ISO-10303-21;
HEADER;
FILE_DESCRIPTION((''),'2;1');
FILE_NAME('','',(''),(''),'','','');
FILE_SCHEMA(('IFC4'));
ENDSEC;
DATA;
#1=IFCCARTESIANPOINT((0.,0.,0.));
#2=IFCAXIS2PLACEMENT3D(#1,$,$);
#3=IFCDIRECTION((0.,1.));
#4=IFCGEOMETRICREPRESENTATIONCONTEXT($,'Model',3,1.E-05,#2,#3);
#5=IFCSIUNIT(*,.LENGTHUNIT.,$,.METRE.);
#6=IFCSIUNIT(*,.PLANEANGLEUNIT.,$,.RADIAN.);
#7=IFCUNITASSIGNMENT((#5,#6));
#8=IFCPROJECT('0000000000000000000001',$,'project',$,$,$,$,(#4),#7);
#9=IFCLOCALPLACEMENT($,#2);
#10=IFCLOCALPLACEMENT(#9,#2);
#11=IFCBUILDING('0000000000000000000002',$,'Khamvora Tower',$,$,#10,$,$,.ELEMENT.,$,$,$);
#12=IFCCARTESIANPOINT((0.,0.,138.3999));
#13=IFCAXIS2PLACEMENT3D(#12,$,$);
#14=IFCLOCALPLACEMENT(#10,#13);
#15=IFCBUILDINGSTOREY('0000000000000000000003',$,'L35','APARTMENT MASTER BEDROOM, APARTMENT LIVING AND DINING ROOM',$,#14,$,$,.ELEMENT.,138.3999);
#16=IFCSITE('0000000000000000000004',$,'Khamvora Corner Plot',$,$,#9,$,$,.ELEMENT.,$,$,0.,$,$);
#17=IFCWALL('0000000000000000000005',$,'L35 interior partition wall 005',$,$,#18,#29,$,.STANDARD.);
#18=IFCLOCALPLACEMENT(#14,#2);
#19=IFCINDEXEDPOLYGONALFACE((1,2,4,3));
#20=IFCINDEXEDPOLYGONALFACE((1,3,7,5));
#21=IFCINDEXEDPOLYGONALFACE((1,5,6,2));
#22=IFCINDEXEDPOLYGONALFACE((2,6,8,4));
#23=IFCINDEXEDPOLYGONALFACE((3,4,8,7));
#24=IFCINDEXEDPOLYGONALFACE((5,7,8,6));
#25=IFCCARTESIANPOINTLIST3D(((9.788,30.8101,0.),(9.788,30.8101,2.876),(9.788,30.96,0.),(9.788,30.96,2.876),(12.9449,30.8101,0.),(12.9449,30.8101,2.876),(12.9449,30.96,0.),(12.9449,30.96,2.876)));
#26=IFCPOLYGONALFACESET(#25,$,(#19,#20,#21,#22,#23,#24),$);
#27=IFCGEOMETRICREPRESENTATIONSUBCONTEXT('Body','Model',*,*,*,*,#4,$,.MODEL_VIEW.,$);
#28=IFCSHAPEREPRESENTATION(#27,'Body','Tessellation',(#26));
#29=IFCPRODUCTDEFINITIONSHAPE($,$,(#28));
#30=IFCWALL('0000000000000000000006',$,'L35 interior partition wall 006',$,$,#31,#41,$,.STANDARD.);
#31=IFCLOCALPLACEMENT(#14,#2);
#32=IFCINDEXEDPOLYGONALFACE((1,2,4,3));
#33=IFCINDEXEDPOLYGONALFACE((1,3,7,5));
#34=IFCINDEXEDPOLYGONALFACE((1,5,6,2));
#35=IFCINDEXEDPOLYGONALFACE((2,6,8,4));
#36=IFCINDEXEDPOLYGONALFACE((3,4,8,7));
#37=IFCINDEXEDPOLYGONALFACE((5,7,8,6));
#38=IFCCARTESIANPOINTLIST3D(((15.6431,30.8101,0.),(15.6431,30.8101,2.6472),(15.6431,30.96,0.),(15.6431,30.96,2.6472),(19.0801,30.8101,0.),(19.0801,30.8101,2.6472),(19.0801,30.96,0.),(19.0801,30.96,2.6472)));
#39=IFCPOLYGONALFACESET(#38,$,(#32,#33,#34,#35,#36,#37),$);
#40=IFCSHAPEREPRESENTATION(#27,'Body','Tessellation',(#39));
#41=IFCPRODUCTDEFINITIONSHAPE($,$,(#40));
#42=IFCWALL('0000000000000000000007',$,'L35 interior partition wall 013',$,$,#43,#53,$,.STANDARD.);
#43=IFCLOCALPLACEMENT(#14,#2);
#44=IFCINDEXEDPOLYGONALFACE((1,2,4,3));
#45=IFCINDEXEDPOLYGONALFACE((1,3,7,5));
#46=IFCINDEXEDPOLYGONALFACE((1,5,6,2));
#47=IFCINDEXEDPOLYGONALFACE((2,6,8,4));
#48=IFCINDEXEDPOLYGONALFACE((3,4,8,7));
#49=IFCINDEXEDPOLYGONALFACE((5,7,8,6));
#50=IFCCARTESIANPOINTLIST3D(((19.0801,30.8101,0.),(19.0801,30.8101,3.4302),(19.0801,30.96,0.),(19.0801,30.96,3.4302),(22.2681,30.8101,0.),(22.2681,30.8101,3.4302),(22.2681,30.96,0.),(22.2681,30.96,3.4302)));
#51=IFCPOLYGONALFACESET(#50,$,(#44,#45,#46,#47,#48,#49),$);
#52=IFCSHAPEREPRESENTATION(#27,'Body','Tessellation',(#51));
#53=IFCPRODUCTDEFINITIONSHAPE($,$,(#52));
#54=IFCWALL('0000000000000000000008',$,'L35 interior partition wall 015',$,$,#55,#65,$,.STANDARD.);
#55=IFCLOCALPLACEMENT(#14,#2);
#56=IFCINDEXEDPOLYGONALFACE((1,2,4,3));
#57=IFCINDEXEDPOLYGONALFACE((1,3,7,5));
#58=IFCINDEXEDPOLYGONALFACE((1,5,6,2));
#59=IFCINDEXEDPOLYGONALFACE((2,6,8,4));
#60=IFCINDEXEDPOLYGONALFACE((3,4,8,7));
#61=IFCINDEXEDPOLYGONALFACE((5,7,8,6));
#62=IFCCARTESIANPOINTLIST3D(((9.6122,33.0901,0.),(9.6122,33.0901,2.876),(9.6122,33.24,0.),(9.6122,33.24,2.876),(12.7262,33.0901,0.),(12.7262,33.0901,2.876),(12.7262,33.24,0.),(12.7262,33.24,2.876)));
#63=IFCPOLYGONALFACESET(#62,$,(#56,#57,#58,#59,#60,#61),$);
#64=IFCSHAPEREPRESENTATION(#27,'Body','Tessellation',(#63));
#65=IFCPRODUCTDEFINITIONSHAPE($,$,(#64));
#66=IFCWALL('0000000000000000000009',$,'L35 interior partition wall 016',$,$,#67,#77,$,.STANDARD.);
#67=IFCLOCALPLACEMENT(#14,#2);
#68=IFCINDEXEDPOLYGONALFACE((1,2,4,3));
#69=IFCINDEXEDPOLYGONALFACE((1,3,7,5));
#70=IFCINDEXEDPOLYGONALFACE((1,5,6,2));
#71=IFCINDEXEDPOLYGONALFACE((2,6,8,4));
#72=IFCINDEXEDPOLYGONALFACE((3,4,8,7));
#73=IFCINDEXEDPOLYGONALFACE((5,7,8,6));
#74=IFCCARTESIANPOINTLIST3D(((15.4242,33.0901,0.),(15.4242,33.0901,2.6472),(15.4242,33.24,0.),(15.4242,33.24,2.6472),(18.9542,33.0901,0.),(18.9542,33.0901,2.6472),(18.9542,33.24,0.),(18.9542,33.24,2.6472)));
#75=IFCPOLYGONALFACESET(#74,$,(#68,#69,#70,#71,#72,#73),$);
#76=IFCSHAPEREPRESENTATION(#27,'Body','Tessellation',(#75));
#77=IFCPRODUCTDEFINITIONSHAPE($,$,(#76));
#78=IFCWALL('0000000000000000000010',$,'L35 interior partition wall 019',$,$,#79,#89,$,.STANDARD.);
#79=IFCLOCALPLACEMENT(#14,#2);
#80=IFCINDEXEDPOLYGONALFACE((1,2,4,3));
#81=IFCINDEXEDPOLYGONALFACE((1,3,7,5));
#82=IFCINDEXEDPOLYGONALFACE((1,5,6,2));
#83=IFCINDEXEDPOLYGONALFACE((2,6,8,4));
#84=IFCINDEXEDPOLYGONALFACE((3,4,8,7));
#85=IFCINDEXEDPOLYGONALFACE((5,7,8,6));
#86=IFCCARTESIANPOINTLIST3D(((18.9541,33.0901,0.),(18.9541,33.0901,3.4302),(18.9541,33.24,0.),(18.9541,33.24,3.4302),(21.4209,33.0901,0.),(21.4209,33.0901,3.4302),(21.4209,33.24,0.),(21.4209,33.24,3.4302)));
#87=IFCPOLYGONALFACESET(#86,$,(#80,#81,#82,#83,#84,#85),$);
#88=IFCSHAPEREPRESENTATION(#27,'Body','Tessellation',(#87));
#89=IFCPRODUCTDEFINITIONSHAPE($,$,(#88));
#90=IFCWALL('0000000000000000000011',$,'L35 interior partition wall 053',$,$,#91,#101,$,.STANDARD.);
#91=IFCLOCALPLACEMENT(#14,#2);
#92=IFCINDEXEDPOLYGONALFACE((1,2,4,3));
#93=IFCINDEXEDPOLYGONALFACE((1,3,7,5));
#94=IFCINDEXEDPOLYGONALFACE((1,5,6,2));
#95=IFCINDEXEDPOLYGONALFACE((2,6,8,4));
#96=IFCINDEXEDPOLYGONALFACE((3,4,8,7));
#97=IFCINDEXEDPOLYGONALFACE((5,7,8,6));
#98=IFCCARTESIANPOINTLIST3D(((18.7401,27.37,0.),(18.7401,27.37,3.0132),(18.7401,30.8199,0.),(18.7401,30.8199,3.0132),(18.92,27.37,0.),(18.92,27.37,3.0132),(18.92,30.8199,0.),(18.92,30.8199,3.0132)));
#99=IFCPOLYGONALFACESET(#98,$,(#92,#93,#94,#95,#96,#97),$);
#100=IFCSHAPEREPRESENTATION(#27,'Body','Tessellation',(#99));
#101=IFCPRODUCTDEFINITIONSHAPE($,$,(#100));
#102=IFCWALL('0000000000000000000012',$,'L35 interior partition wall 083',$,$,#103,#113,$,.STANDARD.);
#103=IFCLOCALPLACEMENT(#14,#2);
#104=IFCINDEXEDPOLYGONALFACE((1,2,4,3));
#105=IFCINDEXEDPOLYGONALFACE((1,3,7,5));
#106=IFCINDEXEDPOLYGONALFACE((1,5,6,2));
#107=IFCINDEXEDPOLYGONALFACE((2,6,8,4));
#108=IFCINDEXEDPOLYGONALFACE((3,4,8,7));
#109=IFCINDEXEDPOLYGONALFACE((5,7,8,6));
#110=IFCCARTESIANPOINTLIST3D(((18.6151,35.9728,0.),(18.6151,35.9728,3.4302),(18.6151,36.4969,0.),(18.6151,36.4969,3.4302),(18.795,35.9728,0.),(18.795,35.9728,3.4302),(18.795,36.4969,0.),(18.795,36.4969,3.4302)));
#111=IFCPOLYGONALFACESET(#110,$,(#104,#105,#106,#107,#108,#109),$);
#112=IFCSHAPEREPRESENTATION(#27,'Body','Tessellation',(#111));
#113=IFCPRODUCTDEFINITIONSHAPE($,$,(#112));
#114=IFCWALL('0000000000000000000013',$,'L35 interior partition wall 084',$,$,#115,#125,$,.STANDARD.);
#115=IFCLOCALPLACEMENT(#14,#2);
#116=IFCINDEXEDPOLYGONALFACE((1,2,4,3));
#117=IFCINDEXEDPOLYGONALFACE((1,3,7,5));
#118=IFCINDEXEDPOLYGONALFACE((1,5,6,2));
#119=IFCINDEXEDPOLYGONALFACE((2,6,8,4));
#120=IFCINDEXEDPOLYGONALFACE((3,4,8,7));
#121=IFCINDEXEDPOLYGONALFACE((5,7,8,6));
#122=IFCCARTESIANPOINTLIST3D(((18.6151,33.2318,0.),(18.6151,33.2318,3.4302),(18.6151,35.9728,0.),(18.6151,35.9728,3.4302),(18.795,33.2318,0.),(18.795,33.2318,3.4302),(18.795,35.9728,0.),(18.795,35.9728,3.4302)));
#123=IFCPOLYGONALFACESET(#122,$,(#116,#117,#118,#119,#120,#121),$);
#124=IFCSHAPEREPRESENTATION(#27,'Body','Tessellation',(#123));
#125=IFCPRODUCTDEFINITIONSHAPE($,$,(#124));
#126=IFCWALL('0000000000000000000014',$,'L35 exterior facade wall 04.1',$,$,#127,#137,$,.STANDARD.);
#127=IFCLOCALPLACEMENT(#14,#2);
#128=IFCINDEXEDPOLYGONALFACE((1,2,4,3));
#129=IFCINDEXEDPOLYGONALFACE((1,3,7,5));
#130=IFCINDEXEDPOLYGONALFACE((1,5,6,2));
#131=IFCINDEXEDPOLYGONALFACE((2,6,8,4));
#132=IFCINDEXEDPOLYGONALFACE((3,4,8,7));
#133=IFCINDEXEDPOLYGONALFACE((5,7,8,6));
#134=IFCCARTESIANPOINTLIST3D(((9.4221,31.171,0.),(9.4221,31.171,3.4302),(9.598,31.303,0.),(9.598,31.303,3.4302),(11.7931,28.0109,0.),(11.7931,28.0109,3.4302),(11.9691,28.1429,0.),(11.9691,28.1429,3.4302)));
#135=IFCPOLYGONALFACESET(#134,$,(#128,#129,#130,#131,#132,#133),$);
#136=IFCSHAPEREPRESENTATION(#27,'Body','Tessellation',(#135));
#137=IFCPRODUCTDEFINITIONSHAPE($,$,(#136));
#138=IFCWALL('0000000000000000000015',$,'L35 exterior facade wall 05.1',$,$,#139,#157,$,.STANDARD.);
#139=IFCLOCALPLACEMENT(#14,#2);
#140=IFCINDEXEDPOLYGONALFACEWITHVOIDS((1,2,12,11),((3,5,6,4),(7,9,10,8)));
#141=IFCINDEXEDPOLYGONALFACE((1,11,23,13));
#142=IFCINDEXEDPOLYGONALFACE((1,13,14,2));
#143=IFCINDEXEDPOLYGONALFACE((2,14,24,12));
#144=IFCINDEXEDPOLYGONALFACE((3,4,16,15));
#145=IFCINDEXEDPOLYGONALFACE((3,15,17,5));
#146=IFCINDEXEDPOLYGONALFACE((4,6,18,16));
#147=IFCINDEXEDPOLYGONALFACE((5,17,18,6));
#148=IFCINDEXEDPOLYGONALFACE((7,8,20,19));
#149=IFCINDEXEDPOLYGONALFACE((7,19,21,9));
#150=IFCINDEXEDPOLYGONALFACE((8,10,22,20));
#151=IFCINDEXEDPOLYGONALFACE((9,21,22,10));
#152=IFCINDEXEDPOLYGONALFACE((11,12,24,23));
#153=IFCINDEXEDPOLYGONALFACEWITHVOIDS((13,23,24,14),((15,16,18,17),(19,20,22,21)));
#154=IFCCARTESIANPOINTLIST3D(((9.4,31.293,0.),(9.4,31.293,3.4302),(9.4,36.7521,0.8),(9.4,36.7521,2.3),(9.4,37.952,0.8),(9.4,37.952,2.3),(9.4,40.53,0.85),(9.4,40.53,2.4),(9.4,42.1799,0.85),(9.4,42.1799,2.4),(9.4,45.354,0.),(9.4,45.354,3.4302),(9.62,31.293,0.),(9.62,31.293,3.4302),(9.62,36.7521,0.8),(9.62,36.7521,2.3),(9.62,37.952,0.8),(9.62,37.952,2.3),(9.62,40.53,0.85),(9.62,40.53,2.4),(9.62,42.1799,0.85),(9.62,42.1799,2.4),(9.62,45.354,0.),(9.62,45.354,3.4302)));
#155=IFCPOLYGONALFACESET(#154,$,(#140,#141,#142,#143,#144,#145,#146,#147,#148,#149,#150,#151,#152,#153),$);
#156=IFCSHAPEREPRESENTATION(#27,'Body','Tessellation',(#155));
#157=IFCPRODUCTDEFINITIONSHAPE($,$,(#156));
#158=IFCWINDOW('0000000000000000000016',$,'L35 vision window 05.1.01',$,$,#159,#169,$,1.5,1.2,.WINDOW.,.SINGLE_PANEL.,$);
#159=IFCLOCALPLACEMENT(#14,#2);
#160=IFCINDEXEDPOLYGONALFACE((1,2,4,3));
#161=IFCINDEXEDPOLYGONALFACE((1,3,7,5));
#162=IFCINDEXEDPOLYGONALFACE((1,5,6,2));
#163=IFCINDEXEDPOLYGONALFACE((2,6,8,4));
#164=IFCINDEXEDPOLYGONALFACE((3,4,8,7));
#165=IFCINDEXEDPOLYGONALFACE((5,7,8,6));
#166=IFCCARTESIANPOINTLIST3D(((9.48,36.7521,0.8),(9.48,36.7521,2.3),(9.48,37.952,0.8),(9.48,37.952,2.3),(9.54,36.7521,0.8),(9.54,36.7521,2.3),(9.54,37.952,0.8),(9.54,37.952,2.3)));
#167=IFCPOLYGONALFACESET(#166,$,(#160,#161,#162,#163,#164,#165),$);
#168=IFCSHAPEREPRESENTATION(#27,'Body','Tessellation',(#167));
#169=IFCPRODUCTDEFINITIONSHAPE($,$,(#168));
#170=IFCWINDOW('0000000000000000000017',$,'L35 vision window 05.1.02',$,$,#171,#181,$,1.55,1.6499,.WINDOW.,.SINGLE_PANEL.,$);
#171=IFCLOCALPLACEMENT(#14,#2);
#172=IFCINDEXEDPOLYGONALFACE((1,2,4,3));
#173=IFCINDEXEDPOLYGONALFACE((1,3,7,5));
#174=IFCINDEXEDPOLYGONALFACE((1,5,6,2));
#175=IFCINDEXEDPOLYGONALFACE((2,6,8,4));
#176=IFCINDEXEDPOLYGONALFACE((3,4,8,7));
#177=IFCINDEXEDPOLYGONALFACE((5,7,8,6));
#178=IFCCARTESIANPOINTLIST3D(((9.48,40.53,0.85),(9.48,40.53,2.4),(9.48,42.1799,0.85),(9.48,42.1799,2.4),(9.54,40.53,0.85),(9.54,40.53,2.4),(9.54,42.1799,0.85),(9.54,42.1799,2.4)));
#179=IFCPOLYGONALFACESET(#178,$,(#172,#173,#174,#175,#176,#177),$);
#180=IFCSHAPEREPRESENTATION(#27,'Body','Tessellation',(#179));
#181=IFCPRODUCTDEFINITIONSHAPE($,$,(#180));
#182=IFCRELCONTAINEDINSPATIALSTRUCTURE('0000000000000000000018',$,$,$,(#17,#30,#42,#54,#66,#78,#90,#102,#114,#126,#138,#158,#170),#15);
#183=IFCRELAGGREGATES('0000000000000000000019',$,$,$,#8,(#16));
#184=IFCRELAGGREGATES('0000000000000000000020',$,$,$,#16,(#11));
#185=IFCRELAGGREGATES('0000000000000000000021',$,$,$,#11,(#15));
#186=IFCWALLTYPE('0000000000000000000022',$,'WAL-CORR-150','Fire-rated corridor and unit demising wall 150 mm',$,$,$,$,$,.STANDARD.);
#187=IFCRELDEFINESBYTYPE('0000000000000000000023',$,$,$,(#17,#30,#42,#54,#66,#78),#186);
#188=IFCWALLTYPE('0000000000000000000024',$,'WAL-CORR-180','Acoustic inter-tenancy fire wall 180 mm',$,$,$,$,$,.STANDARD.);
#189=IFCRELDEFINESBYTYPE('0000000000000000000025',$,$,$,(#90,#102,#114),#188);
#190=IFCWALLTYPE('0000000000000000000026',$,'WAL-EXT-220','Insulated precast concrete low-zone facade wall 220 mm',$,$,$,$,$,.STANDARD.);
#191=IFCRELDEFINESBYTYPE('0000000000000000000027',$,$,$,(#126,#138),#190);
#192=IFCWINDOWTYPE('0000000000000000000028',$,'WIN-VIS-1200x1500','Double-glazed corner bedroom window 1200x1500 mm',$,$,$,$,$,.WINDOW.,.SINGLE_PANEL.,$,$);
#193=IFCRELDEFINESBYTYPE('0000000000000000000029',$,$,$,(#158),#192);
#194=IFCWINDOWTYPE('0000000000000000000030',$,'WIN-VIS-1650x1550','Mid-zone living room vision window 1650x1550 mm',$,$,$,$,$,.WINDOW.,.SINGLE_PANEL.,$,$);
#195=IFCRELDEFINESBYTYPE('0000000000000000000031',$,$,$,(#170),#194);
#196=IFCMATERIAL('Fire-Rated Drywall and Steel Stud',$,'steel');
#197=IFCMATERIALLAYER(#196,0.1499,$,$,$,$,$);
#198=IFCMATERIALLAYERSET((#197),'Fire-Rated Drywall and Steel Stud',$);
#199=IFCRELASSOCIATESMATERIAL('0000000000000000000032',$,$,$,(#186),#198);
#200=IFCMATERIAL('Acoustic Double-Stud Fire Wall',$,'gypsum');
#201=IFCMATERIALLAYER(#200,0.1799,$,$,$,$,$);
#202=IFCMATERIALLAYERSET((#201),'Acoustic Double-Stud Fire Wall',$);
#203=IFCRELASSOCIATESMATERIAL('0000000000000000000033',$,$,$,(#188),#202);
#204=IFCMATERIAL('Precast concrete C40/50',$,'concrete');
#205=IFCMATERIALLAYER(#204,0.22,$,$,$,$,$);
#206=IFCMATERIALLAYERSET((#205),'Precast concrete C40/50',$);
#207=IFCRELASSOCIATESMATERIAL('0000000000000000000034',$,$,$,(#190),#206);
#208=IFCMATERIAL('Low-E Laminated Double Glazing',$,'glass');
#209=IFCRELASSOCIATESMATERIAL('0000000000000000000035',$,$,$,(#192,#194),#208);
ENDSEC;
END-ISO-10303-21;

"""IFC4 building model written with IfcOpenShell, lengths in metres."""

from ifc_helpers import new_model, si_unit, direction, frame, frame_2d, origin, place, context, subcontext, project, spatial, rectangle, extrude, material, layer, layer_set, type_object, element, fill, save


model = new_model("IFC4")

# Units and contexts
model_context = context("Model", 3, precision=1e-05, world=origin(), true_north=direction((0.0, 1.0)))
body_context = subcontext(model_context, "Body", "Model", "MODEL_VIEW")
ifc_project = project(units=[si_unit("LENGTHUNIT", "METRE"), si_unit("PLANEANGLEUNIT", "RADIAN")], contexts=[model_context])

# Site, building, storey
site_placement = place(None, origin())
site = spatial("IfcSite", under=ifc_project, at=site_placement, Name="Khamvora Corner Plot", CompositionType="ELEMENT", RefElevation=0.0)
building_placement = place(site_placement, origin())
building = spatial("IfcBuilding", under=site, at=building_placement, Name="Khamvora Tower", CompositionType="ELEMENT")
storey_placement = place(building_placement, frame((0.0, 0.0, 138.3999)))
storey = spatial("IfcBuildingStorey", under=building, at=storey_placement, Name="L35", Description="APARTMENT MASTER BEDROOM, APARTMENT LIVING AND DINING ROOM", CompositionType="ELEMENT", Elevation=138.3999)

# Shared definitions
ifc_material_1 = material(Name="Fire-Rated Drywall and Steel Stud", Category="steel")
ifc_layer_1 = layer(ifc_material_1, 0.1499)
ifc_layer_set_1 = layer_set([ifc_layer_1], Name="Fire-Rated Drywall and Steel Stud")
wall_type_1 = type_object("IfcWallType", Name="WAL-CORR-150", Description="Fire-rated corridor and unit demising wall 150 mm", PredefinedType="STANDARD", material=ifc_layer_set_1)

# Walls
wall_1_placement = place(storey_placement, frame((12.9451, 30.885, 0.0), z_axis=(0.0, 0.0, 1.0), x_axis=(-1.0, 0.0, 0.0)))
element("IfcWall", 1, at=wall_1_placement, inside=storey, type_object=wall_type_1, Name="L35 interior partition wall 005", PredefinedType="STANDARD", context=body_context, shape_type="SweptSolid", body=[
    extrude(rectangle(XDim=3.157, YDim=0.1499, at=frame_2d((1.5786, 0.0))), origin(), (0.0, 0.0, 1.0), 2.876),
])
wall_2_placement = place(storey_placement, frame((19.0801, 30.885, 0.0), z_axis=(0.0, 0.0, 1.0), x_axis=(-1.0, 0.0, 0.0)))
element("IfcWall", 2, at=wall_2_placement, inside=storey, type_object=wall_type_1, Name="L35 interior partition wall 006", PredefinedType="STANDARD", context=body_context, shape_type="SweptSolid", body=[
    extrude(rectangle(XDim=3.437, YDim=0.1499, at=frame_2d((1.7185, 0.0))), origin(), (0.0, 0.0, 1.0), 2.6472),
])
wall_3_placement = place(storey_placement, frame((22.2681, 30.885, 0.0), z_axis=(0.0, 0.0, 1.0), x_axis=(-1.0, 0.0, 0.0)))
element("IfcWall", 3, at=wall_3_placement, inside=storey, type_object=wall_type_1, Name="L35 interior partition wall 013", PredefinedType="STANDARD", context=body_context, shape_type="SweptSolid", body=[
    extrude(rectangle(XDim=3.188, YDim=0.1499, at=frame_2d((1.594, 0.0))), origin(), (0.0, 0.0, 1.0), 3.4302),
])

# Walls
wall_4_placement = place(storey_placement, frame((9.6121, 33.165, 0.0), z_axis=(0.0, 0.0, 1.0), x_axis=(1.0, 0.0, 0.0)))
element("IfcWall", 4, at=wall_4_placement, inside=storey, type_object=wall_type_1, Name="L35 interior partition wall 015", PredefinedType="STANDARD", context=body_context, shape_type="SweptSolid", body=[
    extrude(rectangle(XDim=3.114, YDim=0.1499, at=frame_2d((1.5571, 0.0))), origin(), (0.0, 0.0, 1.0), 2.876),
])
wall_5_placement = place(storey_placement, frame((15.4241, 33.165, 0.0), z_axis=(0.0, 0.0, 1.0), x_axis=(1.0, 0.0, 0.0)))
element("IfcWall", 5, at=wall_5_placement, inside=storey, type_object=wall_type_1, Name="L35 interior partition wall 016", PredefinedType="STANDARD", context=body_context, shape_type="SweptSolid", body=[
    extrude(rectangle(XDim=3.53, YDim=0.1499, at=frame_2d((1.7651, 0.0))), origin(), (0.0, 0.0, 1.0), 2.6472),
])

# Walls
wall_6_placement = place(storey_placement, frame((18.9541, 33.165, 0.0), z_axis=(0.0, 0.0, 1.0), x_axis=(1.0, 0.0, 0.0)))
element("IfcWall", 6, at=wall_6_placement, inside=storey, type_object=wall_type_1, Name="L35 interior partition wall 019", PredefinedType="STANDARD", context=body_context, shape_type="SweptSolid", body=[
    extrude(rectangle(XDim=2.4668, YDim=0.1499, at=frame_2d((1.2334, 0.0))), origin(), (0.0, 0.0, 1.0), 3.4302),
])
ifc_material_2 = material(Name="Acoustic Double-Stud Fire Wall", Category="gypsum")
ifc_layer_2 = layer(ifc_material_2, 0.1799)
ifc_layer_set_2 = layer_set([ifc_layer_2], Name="Acoustic Double-Stud Fire Wall")
wall_type_2 = type_object("IfcWallType", Name="WAL-CORR-180", Description="Acoustic inter-tenancy fire wall 180 mm", PredefinedType="STANDARD", material=ifc_layer_set_2)
wall_7_placement = place(storey_placement, frame((18.8301, 30.8201, 0.0), z_axis=(0.0, 0.0, 1.0), x_axis=(0.0, -1.0, 0.0)))
element("IfcWall", 7, at=wall_7_placement, inside=storey, type_object=wall_type_2, Name="L35 interior partition wall 053", PredefinedType="STANDARD", context=body_context, shape_type="SweptSolid", body=[
    extrude(rectangle(XDim=3.45, YDim=0.1799, at=frame_2d((1.7251, 0.0))), origin(), (0.0, 0.0, 1.0), 3.0132),
])
wall_8_placement = place(storey_placement, frame((18.7051, 36.4971, 0.0), z_axis=(0.0, 0.0, 1.0), x_axis=(0.0, -1.0, 0.0)))
element("IfcWall", 8, at=wall_8_placement, inside=storey, type_object=wall_type_2, Name="L35 interior partition wall 083", PredefinedType="STANDARD", context=body_context, shape_type="SweptSolid", body=[
    extrude(rectangle(XDim=0.5242, YDim=0.1799, at=frame_2d((0.2622, 0.0))), origin(), (0.0, 0.0, 1.0), 3.4302),
])
wall_9_placement = place(storey_placement, frame((18.7051, 35.9729, 0.0), z_axis=(0.0, 0.0, 1.0), x_axis=(0.0, -1.0, 0.0)))
element("IfcWall", 9, at=wall_9_placement, inside=storey, type_object=wall_type_2, Name="L35 interior partition wall 084", PredefinedType="STANDARD", context=body_context, shape_type="SweptSolid", body=[
    extrude(rectangle(XDim=2.741, YDim=0.1799, at=frame_2d((1.3706, 0.0))), origin(), (0.0, 0.0, 1.0), 3.4302),
])
ifc_material_3 = material(Name="Precast concrete C40/50", Category="concrete")
ifc_layer_3 = layer(ifc_material_3, 0.22)
ifc_layer_set_3 = layer_set([ifc_layer_3], Name="Precast concrete C40/50")
wall_type_3 = type_object("IfcWallType", Name="WAL-EXT-220", Description="Insulated precast concrete low-zone facade wall 220 mm", PredefinedType="STANDARD", material=ifc_layer_set_3)
wall_10_placement = place(storey_placement, frame((11.8811, 28.0769, 0.0), z_axis=(0.0, 0.0, 1.0), x_axis=(-0.600158, 0.799881, 0.0)))
element("IfcWall", 10, at=wall_10_placement, inside=storey, type_object=wall_type_3, Name="L35 exterior facade wall 04.1", PredefinedType="STANDARD", context=body_context, shape_type="SweptSolid", body=[
    extrude(rectangle(XDim=3.9507, YDim=0.22, at=frame_2d((1.9753, 0.0))), origin(), (0.0, 0.0, 1.0), 3.4302),
])

# Wall, openings, windows
wall_11_placement = place(storey_placement, frame((9.51, 31.293, 0.0), z_axis=(0.0, 0.0, 1.0), x_axis=(0.0, 1.0, 0.0)))
wall_11 = element("IfcWall", 11, at=wall_11_placement, inside=storey, type_object=wall_type_3, Name="L35 exterior facade wall 05.1", PredefinedType="STANDARD", context=body_context, shape_type="SweptSolid", body=[
    extrude(rectangle(XDim=14.061, YDim=0.22, at=frame_2d((7.0305, 0.0))), origin(), (0.0, 0.0, 1.0), 3.4302),
])
opening_1_placement = place(wall_11_placement, frame((5.459, 0.0, 0.8)))
opening_1 = element("IfcOpeningElement", 12, at=opening_1_placement, cuts=wall_11, PredefinedType="OPENING", context=body_context, shape_type="SweptSolid", body=[
    extrude(rectangle(XDim=1.2, YDim=1.5, at=frame_2d((0.6001, 0.75))), frame((0.0, 0.1199, 0.0), z_axis=(0.0, -1.0, 0.0), x_axis=(1.0, 0.0, 0.0)), (0.0, 0.0, 1.0), 0.24),
])
opening_2_placement = place(wall_11_placement, frame((9.2371, 0.0, 0.8501)))
opening_2 = element("IfcOpeningElement", 13, at=opening_2_placement, cuts=wall_11, PredefinedType="OPENING", context=body_context, shape_type="SweptSolid", body=[
    extrude(rectangle(XDim=1.6499, YDim=1.55, at=frame_2d((0.825, 0.7749))), frame((0.0, 0.1199, 0.0), z_axis=(0.0, -1.0, 0.0), x_axis=(1.0, 0.0, 0.0)), (0.0, 0.0, 1.0), 0.24),
])
ifc_material_4 = material(Name="Low-E Laminated Double Glazing", Category="glass")
window_type_1 = type_object("IfcWindowType", Name="WIN-VIS-1200x1500", Description="Double-glazed corner bedroom window 1200x1500 mm", PartitioningType="SINGLE_PANEL", PredefinedType="WINDOW", material=ifc_material_4)
window_1_placement = place(opening_1_placement, origin())
window_1 = element("IfcWindow", 14, at=window_1_placement, inside=storey, type_object=window_type_1, Name="L35 vision window 05.1.01", OverallHeight=1.5, OverallWidth=1.2, PartitioningType="SINGLE_PANEL", PredefinedType="WINDOW", context=body_context, shape_type="SweptSolid", body=[
    extrude(rectangle(XDim=1.2, YDim=1.5, at=frame_2d((0.6001, 0.75))), frame((0.0, 0.03, 0.0), z_axis=(0.0, -1.0, 0.0), x_axis=(1.0, 0.0, 0.0)), (0.0, 0.0, 1.0), 0.0601),
])
fill(opening_1, window_1)
window_type_2 = type_object("IfcWindowType", Name="WIN-VIS-1650x1550", Description="Mid-zone living room vision window 1650x1550 mm", PartitioningType="SINGLE_PANEL", PredefinedType="WINDOW", material=ifc_material_4)
window_2_placement = place(opening_2_placement, origin())
window_2 = element("IfcWindow", 15, at=window_2_placement, inside=storey, type_object=window_type_2, Name="L35 vision window 05.1.02", OverallHeight=1.55, OverallWidth=1.6499, PartitioningType="SINGLE_PANEL", PredefinedType="WINDOW", context=body_context, shape_type="SweptSolid", body=[
    extrude(rectangle(XDim=1.6499, YDim=1.55, at=frame_2d((0.825, 0.7749))), frame((0.0, 0.03, 0.0), z_axis=(0.0, -1.0, 0.0), x_axis=(1.0, 0.0, 0.0)), (0.0, 0.0, 1.0), 0.0601),
])
fill(opening_2, window_2)

save(model, "model.ifc")
